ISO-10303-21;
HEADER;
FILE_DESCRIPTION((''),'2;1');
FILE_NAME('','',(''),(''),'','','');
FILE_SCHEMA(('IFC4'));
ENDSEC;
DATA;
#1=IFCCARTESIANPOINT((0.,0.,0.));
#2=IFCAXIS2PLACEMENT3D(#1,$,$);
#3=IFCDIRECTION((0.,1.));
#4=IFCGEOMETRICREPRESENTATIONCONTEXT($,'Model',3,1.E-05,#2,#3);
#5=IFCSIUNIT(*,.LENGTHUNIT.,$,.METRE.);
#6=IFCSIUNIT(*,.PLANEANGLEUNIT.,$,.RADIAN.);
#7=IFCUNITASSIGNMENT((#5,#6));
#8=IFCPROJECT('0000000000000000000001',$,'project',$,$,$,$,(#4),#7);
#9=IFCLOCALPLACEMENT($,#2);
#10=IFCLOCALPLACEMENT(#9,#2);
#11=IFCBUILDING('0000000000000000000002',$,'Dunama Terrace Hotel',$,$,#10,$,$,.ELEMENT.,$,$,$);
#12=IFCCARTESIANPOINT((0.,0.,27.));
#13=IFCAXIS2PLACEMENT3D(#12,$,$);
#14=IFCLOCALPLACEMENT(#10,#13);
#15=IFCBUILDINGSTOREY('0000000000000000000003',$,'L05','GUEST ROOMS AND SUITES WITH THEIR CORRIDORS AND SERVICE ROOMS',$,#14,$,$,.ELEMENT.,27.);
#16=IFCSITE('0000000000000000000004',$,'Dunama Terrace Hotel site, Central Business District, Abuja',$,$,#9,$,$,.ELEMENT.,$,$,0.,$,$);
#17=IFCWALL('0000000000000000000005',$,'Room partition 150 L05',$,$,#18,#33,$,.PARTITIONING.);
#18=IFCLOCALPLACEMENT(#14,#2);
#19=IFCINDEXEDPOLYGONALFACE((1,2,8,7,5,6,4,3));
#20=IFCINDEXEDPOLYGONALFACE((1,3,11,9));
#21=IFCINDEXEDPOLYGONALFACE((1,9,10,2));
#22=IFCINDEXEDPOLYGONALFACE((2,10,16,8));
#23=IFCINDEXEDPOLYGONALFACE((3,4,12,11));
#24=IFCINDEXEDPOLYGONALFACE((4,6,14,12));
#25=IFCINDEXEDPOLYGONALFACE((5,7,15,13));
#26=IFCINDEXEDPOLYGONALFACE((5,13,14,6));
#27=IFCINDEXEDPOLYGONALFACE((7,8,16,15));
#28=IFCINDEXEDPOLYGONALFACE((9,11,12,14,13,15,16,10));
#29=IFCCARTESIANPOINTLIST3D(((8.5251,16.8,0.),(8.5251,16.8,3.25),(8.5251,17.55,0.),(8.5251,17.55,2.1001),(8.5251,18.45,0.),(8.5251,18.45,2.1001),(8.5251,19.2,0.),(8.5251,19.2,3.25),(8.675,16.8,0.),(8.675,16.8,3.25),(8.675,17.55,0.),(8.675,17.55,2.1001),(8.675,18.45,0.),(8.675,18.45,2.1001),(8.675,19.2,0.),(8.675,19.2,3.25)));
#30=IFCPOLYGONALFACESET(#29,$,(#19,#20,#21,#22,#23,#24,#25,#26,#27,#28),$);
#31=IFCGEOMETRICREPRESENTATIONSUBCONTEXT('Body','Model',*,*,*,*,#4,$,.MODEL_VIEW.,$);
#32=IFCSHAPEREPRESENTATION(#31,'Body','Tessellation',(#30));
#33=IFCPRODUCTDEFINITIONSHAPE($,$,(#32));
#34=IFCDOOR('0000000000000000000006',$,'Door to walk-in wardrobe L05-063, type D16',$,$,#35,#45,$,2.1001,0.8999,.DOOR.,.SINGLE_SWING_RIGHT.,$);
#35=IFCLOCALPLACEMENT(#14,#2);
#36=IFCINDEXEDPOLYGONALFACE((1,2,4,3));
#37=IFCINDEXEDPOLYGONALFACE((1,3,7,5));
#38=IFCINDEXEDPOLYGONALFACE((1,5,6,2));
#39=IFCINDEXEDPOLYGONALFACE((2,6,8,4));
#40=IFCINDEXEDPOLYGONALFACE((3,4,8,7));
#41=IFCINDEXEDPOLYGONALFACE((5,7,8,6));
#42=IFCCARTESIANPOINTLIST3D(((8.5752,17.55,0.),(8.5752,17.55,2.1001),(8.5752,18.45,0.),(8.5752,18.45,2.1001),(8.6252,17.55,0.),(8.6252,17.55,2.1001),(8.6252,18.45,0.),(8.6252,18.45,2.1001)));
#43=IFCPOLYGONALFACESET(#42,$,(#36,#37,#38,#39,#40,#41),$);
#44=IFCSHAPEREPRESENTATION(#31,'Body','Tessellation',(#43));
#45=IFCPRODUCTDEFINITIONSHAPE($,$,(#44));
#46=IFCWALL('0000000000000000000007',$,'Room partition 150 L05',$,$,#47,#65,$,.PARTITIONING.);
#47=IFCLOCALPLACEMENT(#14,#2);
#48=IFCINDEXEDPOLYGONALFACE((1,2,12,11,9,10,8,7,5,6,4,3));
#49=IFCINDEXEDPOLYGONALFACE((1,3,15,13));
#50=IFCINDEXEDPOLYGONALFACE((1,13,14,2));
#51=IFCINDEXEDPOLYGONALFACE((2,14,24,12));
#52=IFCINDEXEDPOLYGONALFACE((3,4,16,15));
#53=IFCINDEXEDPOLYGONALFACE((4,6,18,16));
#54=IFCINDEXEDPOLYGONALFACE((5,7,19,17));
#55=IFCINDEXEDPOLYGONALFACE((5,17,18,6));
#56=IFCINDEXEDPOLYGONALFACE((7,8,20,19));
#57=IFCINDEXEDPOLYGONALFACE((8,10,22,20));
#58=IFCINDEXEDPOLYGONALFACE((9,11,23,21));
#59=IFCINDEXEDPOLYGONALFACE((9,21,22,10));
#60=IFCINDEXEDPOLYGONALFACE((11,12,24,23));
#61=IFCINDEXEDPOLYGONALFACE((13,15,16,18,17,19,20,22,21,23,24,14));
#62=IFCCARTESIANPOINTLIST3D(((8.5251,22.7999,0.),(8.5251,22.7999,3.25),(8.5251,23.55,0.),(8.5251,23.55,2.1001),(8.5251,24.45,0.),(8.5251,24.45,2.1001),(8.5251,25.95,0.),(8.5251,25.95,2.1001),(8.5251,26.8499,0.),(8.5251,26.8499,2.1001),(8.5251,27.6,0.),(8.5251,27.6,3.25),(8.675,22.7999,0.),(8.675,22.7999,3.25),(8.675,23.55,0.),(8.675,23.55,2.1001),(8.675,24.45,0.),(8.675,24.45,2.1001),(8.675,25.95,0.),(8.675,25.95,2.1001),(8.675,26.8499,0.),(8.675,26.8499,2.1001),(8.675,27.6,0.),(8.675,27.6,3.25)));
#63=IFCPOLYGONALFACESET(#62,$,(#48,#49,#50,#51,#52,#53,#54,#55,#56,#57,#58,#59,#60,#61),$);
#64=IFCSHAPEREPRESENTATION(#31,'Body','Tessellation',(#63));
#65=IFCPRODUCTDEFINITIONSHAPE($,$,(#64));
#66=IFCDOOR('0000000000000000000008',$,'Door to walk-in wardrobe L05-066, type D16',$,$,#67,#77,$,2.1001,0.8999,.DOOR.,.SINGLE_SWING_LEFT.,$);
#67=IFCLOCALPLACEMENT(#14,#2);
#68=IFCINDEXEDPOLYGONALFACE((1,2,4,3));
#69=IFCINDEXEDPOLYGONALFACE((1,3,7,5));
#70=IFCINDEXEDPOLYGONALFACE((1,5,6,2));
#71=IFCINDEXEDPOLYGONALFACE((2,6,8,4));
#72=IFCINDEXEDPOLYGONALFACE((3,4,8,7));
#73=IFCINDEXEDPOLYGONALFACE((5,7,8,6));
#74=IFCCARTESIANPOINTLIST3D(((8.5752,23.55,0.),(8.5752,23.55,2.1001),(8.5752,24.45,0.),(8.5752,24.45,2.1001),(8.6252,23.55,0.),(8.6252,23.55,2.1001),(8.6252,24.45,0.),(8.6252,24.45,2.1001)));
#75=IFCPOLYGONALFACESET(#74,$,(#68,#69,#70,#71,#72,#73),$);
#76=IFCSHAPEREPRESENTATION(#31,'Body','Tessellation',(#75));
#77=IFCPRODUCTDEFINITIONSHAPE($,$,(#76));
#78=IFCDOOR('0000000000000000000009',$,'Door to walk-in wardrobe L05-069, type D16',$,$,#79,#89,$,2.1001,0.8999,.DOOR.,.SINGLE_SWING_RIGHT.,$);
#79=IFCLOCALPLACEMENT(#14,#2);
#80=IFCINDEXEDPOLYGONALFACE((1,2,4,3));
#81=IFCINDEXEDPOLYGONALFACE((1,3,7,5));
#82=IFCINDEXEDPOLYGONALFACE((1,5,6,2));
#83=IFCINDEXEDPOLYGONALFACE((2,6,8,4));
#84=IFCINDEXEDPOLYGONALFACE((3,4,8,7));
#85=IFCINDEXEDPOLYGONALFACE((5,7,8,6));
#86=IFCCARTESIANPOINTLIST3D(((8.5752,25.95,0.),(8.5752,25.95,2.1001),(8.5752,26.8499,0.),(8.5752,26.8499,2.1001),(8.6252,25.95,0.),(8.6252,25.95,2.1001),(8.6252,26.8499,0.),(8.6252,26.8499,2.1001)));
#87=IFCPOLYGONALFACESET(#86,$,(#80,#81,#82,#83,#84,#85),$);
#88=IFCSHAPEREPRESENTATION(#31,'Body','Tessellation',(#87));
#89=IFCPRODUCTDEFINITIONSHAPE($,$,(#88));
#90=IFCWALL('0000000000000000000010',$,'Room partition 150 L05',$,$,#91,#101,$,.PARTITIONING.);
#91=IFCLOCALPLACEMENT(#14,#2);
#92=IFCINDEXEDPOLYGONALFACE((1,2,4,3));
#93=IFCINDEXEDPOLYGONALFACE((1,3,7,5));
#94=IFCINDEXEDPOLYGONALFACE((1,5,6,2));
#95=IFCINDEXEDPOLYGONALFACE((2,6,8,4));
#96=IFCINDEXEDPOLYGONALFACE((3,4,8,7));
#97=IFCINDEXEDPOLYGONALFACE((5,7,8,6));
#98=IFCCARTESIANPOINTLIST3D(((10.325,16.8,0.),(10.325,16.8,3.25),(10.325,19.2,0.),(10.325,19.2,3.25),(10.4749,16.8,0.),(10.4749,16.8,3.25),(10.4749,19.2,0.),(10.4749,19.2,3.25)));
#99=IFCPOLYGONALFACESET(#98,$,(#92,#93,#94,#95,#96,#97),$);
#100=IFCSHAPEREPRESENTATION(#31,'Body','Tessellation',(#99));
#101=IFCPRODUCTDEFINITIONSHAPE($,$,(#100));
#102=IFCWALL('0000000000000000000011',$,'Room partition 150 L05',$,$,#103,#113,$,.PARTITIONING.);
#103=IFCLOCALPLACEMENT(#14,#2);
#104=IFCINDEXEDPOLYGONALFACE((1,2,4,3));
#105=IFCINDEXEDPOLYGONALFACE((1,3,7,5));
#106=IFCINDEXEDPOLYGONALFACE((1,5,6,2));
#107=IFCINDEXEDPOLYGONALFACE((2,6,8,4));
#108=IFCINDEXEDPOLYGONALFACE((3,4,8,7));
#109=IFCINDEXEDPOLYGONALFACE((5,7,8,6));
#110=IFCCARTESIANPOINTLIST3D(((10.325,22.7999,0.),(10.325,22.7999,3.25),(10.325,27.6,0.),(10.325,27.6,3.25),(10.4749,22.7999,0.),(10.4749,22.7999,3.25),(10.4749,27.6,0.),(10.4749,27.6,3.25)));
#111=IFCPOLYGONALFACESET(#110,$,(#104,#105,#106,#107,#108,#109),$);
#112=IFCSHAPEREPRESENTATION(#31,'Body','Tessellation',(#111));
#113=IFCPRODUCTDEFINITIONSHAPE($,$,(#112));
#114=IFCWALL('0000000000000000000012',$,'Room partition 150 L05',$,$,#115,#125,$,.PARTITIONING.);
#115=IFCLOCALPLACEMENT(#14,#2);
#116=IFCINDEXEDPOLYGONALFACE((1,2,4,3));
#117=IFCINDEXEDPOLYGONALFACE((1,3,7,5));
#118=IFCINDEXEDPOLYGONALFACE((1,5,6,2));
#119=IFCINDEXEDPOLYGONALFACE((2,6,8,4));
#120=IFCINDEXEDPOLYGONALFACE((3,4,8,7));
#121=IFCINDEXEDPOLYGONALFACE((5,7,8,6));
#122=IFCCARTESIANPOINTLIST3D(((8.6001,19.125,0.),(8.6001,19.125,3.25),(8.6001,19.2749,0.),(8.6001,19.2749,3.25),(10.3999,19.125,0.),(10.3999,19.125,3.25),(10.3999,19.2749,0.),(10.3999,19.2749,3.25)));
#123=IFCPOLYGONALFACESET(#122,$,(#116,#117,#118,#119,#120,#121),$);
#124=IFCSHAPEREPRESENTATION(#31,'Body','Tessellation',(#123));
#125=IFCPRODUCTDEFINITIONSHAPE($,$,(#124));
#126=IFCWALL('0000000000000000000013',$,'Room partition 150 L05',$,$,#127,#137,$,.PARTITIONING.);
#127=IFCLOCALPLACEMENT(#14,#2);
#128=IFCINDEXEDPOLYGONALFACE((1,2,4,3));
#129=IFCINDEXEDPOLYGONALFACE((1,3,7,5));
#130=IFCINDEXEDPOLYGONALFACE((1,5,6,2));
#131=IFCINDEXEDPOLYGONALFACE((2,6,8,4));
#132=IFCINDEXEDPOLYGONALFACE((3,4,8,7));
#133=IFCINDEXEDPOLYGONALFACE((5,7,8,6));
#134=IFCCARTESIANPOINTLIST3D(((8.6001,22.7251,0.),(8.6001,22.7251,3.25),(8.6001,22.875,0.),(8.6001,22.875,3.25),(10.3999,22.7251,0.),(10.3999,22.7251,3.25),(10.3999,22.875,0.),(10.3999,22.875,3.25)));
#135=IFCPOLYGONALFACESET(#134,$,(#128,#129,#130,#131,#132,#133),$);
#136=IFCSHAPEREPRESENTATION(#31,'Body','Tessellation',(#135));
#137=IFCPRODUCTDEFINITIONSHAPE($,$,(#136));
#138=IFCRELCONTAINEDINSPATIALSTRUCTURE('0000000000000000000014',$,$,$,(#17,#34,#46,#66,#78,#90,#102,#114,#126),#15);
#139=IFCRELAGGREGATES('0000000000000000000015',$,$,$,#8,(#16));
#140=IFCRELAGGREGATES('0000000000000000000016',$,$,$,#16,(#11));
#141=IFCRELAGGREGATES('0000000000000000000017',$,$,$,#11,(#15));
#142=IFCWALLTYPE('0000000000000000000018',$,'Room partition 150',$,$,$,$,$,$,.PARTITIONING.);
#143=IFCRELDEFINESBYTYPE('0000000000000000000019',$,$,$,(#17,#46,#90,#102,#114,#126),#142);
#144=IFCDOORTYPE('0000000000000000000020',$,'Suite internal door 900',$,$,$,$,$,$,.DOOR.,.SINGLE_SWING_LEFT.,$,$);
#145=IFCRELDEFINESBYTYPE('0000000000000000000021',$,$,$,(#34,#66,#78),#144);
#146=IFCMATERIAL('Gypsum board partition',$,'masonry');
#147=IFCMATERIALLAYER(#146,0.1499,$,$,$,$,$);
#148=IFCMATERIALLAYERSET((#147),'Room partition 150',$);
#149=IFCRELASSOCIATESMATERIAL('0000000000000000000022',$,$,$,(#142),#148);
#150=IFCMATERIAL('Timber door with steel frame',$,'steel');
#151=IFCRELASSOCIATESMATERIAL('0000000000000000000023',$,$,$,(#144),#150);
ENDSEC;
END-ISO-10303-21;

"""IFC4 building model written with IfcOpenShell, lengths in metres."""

from ifc_helpers import new_model, si_unit, direction, frame, frame_2d, origin, place, context, subcontext, project, spatial, rectangle, extrude, material, layer, layer_set, type_object, element, fill, save


model = new_model("IFC4")

# Units and contexts
model_context = context("Model", 3, precision=1e-05, world=origin(), true_north=direction((0.0, 1.0)))
body_context = subcontext(model_context, "Body", "Model", "MODEL_VIEW")
ifc_project = project(units=[si_unit("LENGTHUNIT", "METRE"), si_unit("PLANEANGLEUNIT", "RADIAN")], contexts=[model_context])

# Site, building, storey
site_placement = place(None, origin())
site = spatial("IfcSite", under=ifc_project, at=site_placement, Name="Dunama Terrace Hotel site, Central Business District, Abuja", CompositionType="ELEMENT", RefElevation=0.0)
building_placement = place(site_placement, origin())
building = spatial("IfcBuilding", under=site, at=building_placement, Name="Dunama Terrace Hotel", CompositionType="ELEMENT")
storey_placement = place(building_placement, frame((0.0, 0.0, 27.0)))
storey = spatial("IfcBuildingStorey", under=building, at=storey_placement, Name="L05", Description="GUEST ROOMS AND SUITES WITH THEIR CORRIDORS AND SERVICE ROOMS", CompositionType="ELEMENT", Elevation=27.0)

# Wall, opening, door
ifc_material_1 = material(Name="Gypsum board partition", Category="masonry")
ifc_layer_1 = layer(ifc_material_1, 0.1499)
ifc_layer_set_1 = layer_set([ifc_layer_1], Name="Room partition 150")
wall_type_1 = type_object("IfcWallType", Name="Room partition 150", PredefinedType="PARTITIONING", material=ifc_layer_set_1)
wall_1_placement = place(storey_placement, frame((8.6001, 16.8, 0.0), z_axis=(0.0, 0.0, 1.0), x_axis=(0.0, 1.0, 0.0)))
wall_1 = element("IfcWall", 1, at=wall_1_placement, inside=storey, type_object=wall_type_1, Name="Room partition 150 L05", PredefinedType="PARTITIONING", context=body_context, shape_type="SweptSolid", body=[
    extrude(rectangle(XDim=2.3999, YDim=0.1499, at=frame_2d((1.2, 0.0))), origin(), (0.0, 0.0, 1.0), 3.25),
])
opening_1_placement = place(wall_1_placement, frame((0.75, 0.0, 0.0)))
opening_1 = element("IfcOpeningElement", 2, at=opening_1_placement, cuts=wall_1, PredefinedType="OPENING", context=body_context, shape_type="SweptSolid", body=[
    extrude(rectangle(XDim=0.8999, YDim=2.1001, at=frame_2d((0.45, 1.05))), frame((0.0, 0.085, 0.0), z_axis=(0.0, -1.0, 0.0), x_axis=(1.0, 0.0, 0.0)), (0.0, 0.0, 1.0), 0.1699),
])
ifc_material_2 = material(Name="Timber door with steel frame", Category="steel")
door_type_1 = type_object("IfcDoorType", Name="Suite internal door 900", OperationType="SINGLE_SWING_LEFT", PredefinedType="DOOR", material=ifc_material_2)
door_1_placement = place(opening_1_placement, frame((0.8999, 0.0, 0.0), z_axis=(0.0, 0.0, 1.0), x_axis=(-1.0, 0.0, 0.0)))
door_1 = element("IfcDoor", 3, at=door_1_placement, inside=storey, type_object=door_type_1, Name="Door to walk-in wardrobe L05-063, type D16", OperationType="SINGLE_SWING_RIGHT", OverallHeight=2.1001, OverallWidth=0.8999, PredefinedType="DOOR", context=body_context, shape_type="SweptSolid", body=[
    extrude(rectangle(XDim=0.8999, YDim=2.1001, at=frame_2d((0.45, 1.05))), frame((0.0, 0.0251, 0.0), z_axis=(0.0, -1.0, 0.0), x_axis=(1.0, 0.0, 0.0)), (0.0, 0.0, 1.0), 0.05),
])
fill(opening_1, door_1)

# Wall, openings, doors
wall_2_placement = place(storey_placement, frame((8.6001, 22.8, 0.0), z_axis=(0.0, 0.0, 1.0), x_axis=(0.0, 1.0, 0.0)))
wall_2 = element("IfcWall", 4, at=wall_2_placement, inside=storey, type_object=wall_type_1, Name="Room partition 150 L05", PredefinedType="PARTITIONING", context=body_context, shape_type="SweptSolid", body=[
    extrude(rectangle(XDim=4.8, YDim=0.1499, at=frame_2d((2.3999, 0.0))), origin(), (0.0, 0.0, 1.0), 3.25),
])
opening_2_placement = place(wall_2_placement, frame((0.75, 0.0, 0.0)))
opening_2 = element("IfcOpeningElement", 5, at=opening_2_placement, cuts=wall_2, PredefinedType="OPENING", context=body_context, shape_type="SweptSolid", body=[
    extrude(rectangle(XDim=0.8999, YDim=2.1001, at=frame_2d((0.45, 1.05))), frame((0.0, 0.085, 0.0), z_axis=(0.0, -1.0, 0.0), x_axis=(1.0, 0.0, 0.0)), (0.0, 0.0, 1.0), 0.1699),
])
opening_3_placement = place(wall_2_placement, frame((3.1499, 0.0, 0.0)))
opening_3 = element("IfcOpeningElement", 6, at=opening_3_placement, cuts=wall_2, PredefinedType="OPENING", context=body_context, shape_type="SweptSolid", body=[
    extrude(rectangle(XDim=0.8999, YDim=2.1001, at=frame_2d((0.45, 1.05))), frame((0.0, 0.085, 0.0), z_axis=(0.0, -1.0, 0.0), x_axis=(1.0, 0.0, 0.0)), (0.0, 0.0, 1.0), 0.1699),
])
door_2_placement = place(opening_2_placement, frame((0.8999, 0.0, 0.0), z_axis=(0.0, 0.0, 1.0), x_axis=(-1.0, 0.0, 0.0)))
door_2 = element("IfcDoor", 7, at=door_2_placement, inside=storey, type_object=door_type_1, Name="Door to walk-in wardrobe L05-066, type D16", OperationType="SINGLE_SWING_LEFT", OverallHeight=2.1001, OverallWidth=0.8999, PredefinedType="DOOR", context=body_context, shape_type="SweptSolid", body=[
    extrude(rectangle(XDim=0.8999, YDim=2.1001, at=frame_2d((0.45, 1.05))), frame((0.0, 0.0251, 0.0), z_axis=(0.0, -1.0, 0.0), x_axis=(1.0, 0.0, 0.0)), (0.0, 0.0, 1.0), 0.05),
])
fill(opening_2, door_2)
door_3_placement = place(opening_3_placement, frame((0.8999, 0.0, 0.0), z_axis=(0.0, 0.0, 1.0), x_axis=(-1.0, 0.0, 0.0)))
door_3 = element("IfcDoor", 8, at=door_3_placement, inside=storey, type_object=door_type_1, Name="Door to walk-in wardrobe L05-069, type D16", OperationType="SINGLE_SWING_RIGHT", OverallHeight=2.1001, OverallWidth=0.8999, PredefinedType="DOOR", context=body_context, shape_type="SweptSolid", body=[
    extrude(rectangle(XDim=0.8999, YDim=2.1001, at=frame_2d((0.45, 1.05))), frame((0.0, 0.0251, 0.0), z_axis=(0.0, -1.0, 0.0), x_axis=(1.0, 0.0, 0.0)), (0.0, 0.0, 1.0), 0.05),
])
fill(opening_3, door_3)

# Walls
wall_3_placement = place(storey_placement, frame((10.3999, 16.8, 0.0), z_axis=(0.0, 0.0, 1.0), x_axis=(0.0, 1.0, 0.0)))
element("IfcWall", 9, at=wall_3_placement, inside=storey, type_object=wall_type_1, Name="Room partition 150 L05", PredefinedType="PARTITIONING", context=body_context, shape_type="SweptSolid", body=[
    extrude(rectangle(XDim=2.3999, YDim=0.1499, at=frame_2d((1.2, 0.0))), origin(), (0.0, 0.0, 1.0), 3.25),
])
wall_4_placement = place(storey_placement, frame((10.3999, 22.8, 0.0), z_axis=(0.0, 0.0, 1.0), x_axis=(0.0, 1.0, 0.0)))
element("IfcWall", 10, at=wall_4_placement, inside=storey, type_object=wall_type_1, Name="Room partition 150 L05", PredefinedType="PARTITIONING", context=body_context, shape_type="SweptSolid", body=[
    extrude(rectangle(XDim=4.8, YDim=0.1499, at=frame_2d((2.3999, 0.0))), origin(), (0.0, 0.0, 1.0), 3.25),
])
for number, where, z_axis, x_axis, name in (
    (11, (8.6001, 19.2, 0.0), (0.0, 0.0, 1.0), (1.0, 0.0, 0.0), "Room partition 150 L05"),
    (12, (8.6001, 22.8, 0.0), (0.0, 0.0, 1.0), (1.0, 0.0, 0.0), "Room partition 150 L05"),
):
    element("IfcWall", number, at=place(storey_placement, frame(where, z_axis=z_axis, x_axis=x_axis)), inside=storey, type_object=wall_type_1, Name=name, PredefinedType="PARTITIONING", context=body_context, shape_type="SweptSolid", body=[
        extrude(rectangle(XDim=1.7998, YDim=0.1499, at=frame_2d((0.8999, 0.0))), origin(), (0.0, 0.0, 1.0), 3.25),
    ])

save(model, "model.ifc")
